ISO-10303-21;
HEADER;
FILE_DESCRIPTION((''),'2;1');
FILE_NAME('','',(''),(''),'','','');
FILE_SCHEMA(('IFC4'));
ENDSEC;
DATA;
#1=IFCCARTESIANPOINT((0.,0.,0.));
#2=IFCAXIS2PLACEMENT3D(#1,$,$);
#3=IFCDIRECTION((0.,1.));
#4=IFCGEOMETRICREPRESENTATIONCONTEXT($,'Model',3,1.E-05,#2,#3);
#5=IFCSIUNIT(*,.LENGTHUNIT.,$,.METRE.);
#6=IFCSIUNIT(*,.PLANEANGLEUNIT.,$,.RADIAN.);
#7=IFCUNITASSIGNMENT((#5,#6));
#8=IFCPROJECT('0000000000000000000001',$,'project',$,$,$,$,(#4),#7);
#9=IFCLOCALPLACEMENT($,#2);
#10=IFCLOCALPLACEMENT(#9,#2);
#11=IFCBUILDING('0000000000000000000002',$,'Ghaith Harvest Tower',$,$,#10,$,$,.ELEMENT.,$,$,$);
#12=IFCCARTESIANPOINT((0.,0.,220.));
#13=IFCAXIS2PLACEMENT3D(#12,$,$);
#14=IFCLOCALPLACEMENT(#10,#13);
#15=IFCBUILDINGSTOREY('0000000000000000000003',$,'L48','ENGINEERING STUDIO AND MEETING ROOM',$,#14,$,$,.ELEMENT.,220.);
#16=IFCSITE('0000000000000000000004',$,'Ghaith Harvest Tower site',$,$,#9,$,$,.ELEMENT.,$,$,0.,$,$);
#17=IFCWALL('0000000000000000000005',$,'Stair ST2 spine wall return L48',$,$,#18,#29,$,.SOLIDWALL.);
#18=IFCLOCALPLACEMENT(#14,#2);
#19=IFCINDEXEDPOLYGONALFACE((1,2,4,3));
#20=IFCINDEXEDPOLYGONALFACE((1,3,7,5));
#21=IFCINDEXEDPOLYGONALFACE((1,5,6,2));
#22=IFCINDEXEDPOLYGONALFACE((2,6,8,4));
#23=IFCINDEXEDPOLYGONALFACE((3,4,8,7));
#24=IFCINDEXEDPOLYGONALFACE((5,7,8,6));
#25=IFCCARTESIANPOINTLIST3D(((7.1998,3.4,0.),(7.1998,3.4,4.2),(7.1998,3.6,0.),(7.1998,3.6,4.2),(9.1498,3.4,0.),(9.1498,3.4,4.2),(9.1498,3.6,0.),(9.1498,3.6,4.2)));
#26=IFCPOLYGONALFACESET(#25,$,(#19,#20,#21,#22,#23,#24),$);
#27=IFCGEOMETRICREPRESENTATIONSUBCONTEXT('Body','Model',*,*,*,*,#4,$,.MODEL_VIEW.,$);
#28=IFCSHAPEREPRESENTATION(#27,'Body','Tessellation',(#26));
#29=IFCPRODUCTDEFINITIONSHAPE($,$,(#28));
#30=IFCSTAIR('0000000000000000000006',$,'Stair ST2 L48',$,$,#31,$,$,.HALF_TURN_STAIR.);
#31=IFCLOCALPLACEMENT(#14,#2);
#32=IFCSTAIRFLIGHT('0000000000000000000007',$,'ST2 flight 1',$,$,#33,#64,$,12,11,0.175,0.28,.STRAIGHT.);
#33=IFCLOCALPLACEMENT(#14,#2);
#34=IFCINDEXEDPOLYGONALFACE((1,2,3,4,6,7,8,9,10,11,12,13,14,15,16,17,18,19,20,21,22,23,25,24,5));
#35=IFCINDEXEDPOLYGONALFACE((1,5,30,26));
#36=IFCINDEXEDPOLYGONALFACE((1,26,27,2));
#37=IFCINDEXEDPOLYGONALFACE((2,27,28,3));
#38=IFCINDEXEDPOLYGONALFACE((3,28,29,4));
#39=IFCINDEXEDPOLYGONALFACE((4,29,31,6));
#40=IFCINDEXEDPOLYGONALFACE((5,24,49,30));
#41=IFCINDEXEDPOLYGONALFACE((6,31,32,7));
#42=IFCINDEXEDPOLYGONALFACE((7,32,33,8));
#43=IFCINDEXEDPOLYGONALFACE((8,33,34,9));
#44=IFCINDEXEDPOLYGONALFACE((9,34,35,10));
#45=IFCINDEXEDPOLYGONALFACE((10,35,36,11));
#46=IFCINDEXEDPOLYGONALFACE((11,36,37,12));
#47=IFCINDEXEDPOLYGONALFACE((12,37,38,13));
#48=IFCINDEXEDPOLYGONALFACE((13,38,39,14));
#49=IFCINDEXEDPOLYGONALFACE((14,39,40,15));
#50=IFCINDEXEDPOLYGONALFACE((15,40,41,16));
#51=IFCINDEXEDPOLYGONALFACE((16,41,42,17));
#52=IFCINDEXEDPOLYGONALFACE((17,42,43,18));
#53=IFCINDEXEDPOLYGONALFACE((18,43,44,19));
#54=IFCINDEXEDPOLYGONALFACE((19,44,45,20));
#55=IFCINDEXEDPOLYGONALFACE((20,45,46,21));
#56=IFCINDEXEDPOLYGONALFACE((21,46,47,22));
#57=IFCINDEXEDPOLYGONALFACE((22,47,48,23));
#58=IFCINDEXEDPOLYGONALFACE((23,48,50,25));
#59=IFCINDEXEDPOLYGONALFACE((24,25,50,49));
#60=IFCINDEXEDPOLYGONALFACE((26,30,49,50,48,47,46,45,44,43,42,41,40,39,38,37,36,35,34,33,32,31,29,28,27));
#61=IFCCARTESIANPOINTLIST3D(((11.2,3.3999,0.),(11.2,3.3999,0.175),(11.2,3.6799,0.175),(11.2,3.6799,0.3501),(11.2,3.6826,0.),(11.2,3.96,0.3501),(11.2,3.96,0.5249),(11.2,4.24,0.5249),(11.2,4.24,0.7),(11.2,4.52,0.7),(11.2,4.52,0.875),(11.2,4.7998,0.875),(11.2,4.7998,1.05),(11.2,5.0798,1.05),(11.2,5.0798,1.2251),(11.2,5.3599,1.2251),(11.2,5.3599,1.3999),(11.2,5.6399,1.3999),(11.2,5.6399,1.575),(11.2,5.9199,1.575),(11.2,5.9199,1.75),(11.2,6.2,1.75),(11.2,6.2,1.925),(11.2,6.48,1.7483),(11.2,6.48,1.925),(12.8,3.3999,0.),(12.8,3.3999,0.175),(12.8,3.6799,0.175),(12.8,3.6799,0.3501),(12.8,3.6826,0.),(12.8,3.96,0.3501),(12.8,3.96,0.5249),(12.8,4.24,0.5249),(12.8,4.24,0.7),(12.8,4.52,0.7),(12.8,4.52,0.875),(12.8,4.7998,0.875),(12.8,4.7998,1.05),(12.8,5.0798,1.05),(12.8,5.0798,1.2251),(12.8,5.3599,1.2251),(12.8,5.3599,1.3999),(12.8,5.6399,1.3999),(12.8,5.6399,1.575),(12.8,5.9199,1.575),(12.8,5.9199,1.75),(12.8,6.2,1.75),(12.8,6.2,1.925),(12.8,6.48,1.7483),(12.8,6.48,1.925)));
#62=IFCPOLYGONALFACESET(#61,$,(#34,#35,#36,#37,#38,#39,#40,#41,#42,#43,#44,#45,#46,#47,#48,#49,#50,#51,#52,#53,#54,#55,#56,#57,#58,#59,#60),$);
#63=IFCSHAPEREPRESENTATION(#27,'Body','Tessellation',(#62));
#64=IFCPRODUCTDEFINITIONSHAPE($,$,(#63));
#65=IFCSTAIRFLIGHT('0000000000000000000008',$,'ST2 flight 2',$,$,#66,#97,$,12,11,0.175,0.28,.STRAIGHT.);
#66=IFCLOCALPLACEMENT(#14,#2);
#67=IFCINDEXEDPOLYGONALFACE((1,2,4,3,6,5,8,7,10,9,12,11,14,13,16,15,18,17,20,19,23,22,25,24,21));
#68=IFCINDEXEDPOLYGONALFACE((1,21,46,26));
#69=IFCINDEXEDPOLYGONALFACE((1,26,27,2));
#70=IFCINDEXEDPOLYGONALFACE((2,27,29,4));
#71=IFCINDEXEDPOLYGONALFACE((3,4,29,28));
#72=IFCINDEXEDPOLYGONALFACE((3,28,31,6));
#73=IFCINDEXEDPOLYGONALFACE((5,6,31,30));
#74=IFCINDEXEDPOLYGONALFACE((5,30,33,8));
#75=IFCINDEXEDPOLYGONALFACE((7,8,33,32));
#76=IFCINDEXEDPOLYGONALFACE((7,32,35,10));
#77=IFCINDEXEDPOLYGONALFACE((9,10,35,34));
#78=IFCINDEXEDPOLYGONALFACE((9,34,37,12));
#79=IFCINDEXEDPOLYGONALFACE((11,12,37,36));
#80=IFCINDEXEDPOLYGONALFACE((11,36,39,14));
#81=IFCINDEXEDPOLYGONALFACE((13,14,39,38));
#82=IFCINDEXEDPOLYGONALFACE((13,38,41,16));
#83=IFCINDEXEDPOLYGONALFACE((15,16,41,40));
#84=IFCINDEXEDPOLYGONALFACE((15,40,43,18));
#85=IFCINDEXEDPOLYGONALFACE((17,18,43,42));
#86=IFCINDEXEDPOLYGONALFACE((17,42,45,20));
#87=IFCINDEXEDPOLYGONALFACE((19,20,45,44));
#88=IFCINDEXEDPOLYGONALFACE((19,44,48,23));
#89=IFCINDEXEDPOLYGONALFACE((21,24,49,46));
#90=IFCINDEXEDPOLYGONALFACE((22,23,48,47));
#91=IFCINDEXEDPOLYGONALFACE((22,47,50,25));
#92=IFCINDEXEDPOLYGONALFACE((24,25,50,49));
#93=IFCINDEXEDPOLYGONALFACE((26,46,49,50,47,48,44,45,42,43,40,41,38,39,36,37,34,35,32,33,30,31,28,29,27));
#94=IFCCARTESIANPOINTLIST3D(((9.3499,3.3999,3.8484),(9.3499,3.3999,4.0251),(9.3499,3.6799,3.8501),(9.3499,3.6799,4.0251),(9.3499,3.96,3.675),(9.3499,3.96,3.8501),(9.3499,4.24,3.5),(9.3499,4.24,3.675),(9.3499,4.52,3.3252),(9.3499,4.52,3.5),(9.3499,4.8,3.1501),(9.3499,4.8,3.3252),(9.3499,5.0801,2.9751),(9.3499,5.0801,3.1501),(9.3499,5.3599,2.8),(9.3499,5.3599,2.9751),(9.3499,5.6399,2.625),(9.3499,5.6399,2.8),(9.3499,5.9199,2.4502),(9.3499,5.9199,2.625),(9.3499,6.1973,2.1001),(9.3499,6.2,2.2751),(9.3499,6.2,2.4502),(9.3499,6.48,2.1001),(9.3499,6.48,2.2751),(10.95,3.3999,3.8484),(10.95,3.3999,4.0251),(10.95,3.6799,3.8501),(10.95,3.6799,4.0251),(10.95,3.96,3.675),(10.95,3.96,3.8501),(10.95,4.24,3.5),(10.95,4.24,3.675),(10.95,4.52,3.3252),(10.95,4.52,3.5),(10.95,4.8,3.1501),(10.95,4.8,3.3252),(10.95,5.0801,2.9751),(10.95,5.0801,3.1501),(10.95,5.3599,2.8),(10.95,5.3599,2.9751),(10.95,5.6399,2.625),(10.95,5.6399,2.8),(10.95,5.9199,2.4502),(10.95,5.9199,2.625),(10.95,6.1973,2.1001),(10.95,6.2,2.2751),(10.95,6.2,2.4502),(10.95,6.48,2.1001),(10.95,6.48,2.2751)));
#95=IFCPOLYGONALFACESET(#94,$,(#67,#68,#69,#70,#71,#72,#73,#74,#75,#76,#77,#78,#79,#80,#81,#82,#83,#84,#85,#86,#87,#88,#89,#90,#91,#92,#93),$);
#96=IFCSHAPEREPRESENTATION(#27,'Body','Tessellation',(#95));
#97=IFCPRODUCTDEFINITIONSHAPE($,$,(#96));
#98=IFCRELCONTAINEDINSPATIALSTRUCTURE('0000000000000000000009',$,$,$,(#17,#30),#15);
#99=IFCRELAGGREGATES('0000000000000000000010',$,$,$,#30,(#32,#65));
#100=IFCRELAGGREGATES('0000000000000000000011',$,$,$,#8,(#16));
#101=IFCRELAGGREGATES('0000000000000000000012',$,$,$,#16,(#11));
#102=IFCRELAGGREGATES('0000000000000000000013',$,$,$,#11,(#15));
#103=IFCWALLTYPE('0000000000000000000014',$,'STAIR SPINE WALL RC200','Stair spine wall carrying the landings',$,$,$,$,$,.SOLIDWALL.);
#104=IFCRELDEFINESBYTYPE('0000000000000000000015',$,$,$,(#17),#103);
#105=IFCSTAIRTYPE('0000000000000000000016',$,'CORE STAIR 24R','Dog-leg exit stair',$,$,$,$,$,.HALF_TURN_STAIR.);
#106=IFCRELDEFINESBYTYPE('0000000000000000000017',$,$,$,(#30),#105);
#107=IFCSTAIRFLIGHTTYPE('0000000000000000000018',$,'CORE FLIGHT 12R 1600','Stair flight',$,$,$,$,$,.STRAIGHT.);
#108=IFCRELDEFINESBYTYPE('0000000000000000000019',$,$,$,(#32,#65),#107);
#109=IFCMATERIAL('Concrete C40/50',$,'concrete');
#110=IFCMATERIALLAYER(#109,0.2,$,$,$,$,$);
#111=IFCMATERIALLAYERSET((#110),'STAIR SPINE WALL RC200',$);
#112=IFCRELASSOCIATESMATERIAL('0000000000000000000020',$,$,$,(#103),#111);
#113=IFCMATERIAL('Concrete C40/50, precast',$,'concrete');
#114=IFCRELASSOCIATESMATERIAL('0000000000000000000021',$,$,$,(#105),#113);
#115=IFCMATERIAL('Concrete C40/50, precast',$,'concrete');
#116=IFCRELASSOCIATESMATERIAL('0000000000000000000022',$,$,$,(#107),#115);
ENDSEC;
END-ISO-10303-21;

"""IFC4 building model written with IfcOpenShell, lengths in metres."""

from ifc_helpers import new_model, si_unit, direction, frame, frame_2d, origin, place, context, subcontext, project, spatial, polyline, rectangle, outline, extrude, material, layer, layer_set, type_object, element, aggregate, save


model = new_model("IFC4")

# Units and contexts
model_context = context("Model", 3, precision=1e-05, world=origin(), true_north=direction((0.0, 1.0)))
body_context = subcontext(model_context, "Body", "Model", "MODEL_VIEW")
ifc_project = project(units=[si_unit("LENGTHUNIT", "METRE"), si_unit("PLANEANGLEUNIT", "RADIAN")], contexts=[model_context])

# Site, building, storey
site_placement = place(None, origin())
site = spatial("IfcSite", under=ifc_project, at=site_placement, Name="Ghaith Harvest Tower site", CompositionType="ELEMENT", RefElevation=0.0)
building_placement = place(site_placement, origin())
building = spatial("IfcBuilding", under=site, at=building_placement, Name="Ghaith Harvest Tower", CompositionType="ELEMENT")
storey_placement = place(building_placement, frame((0.0, 0.0, 220.0)))
storey = spatial("IfcBuildingStorey", under=building, at=storey_placement, Name="L48", Description="ENGINEERING STUDIO AND MEETING ROOM", CompositionType="ELEMENT", Elevation=220.0)

# Wall
ifc_material_1 = material(Name="Concrete C40/50", Category="concrete")
ifc_layer_1 = layer(ifc_material_1, 0.2)
ifc_layer_set_1 = layer_set([ifc_layer_1], Name="STAIR SPINE WALL RC200")
wall_type_1 = type_object("IfcWallType", Name="STAIR SPINE WALL RC200", Description="Stair spine wall carrying the landings", PredefinedType="SOLIDWALL", material=ifc_layer_set_1)
wall_1_placement = place(storey_placement, frame((9.1499, 3.5, 0.0), z_axis=(0.0, 0.0, 1.0), x_axis=(-1.0, 0.0, 0.0)))
element("IfcWall", 1, at=wall_1_placement, inside=storey, type_object=wall_type_1, Name="Stair ST2 spine wall return L48", PredefinedType="SOLIDWALL", context=body_context, shape_type="SweptSolid", body=[
    extrude(rectangle(XDim=1.95, YDim=0.2, at=frame_2d((0.9751, 0.0))), origin(), (0.0, 0.0, 1.0), 4.2),
])

# Stair, stair flights
ifc_material_2 = material(Name="Concrete C40/50, precast", Category="concrete")
stair_type = type_object("IfcStairType", Name="CORE STAIR 24R", Description="Dog-leg exit stair", PredefinedType="HALF_TURN_STAIR", material=ifc_material_2)
stair_placement = place(storey_placement, origin())
stair = element("IfcStair", 2, at=stair_placement, inside=storey, type_object=stair_type, Name="Stair ST2 L48", PredefinedType="HALF_TURN_STAIR")
ifc_material_3 = material(Name="Concrete C40/50, precast", Category="concrete")
stair_flight_type = type_object("IfcStairFlightType", Name="CORE FLIGHT 12R 1600", Description="Stair flight", PredefinedType="STRAIGHT", material=ifc_material_3)
stair_flight_1_placement = place(storey_placement, frame((12.0, 3.3999, 0.0), z_axis=(0.0, 0.0, 1.0), x_axis=(0.0, 1.0, 0.0)))
stair_flight_1 = element("IfcStairFlight", 3, at=stair_flight_1_placement, type_object=stair_flight_type, Name="ST2 flight 1", NumberOfRisers=12, NumberOfTreads=11, PredefinedType="STRAIGHT", RiserHeight=0.175, TreadLength=0.28, context=body_context, shape_type="SweptSolid", body=[
    extrude(outline(polyline([(0.0, 0.0), (0.0, 0.175), (0.28, 0.175), (0.28, 0.3501), (0.5601, 0.3501), (0.5601, 0.5249), (0.8401, 0.5249), (0.8401, 0.7), (1.1201, 0.7), (1.1201, 0.875), (1.3999, 0.875), (1.3999, 1.05), (1.6799, 1.05), (1.6799, 1.2251), (1.96, 1.2251), (1.96, 1.3999), (2.24, 1.3999), (2.24, 1.575), (2.52, 1.575), (2.52, 1.75), (2.8, 1.75), (2.8, 1.925), (3.0801, 1.925), (3.0801, 2.1001), (3.0801, 1.7483), (0.2827, 0.0), (0.0, 0.0)])), frame((0.0, 0.8, 0.0), z_axis=(0.0, -1.0, 0.0), x_axis=(1.0, 0.0, 0.0)), (0.0, 0.0, 1.0), 1.6001),
])
stair_flight_2_placement = place(storey_placement, frame((10.1499, 6.48, 2.1001), z_axis=(0.0, 0.0, 1.0), x_axis=(0.0, -1.0, 0.0)))
stair_flight_2 = element("IfcStairFlight", 4, at=stair_flight_2_placement, type_object=stair_flight_type, Name="ST2 flight 2", NumberOfRisers=12, NumberOfTreads=11, PredefinedType="STRAIGHT", RiserHeight=0.175, TreadLength=0.28, context=body_context, shape_type="SweptSolid", body=[
    extrude(outline(polyline([(0.0, 0.0), (0.0, 0.175), (0.28, 0.175), (0.28, 0.3501), (0.5601, 0.3501), (0.5601, 0.5249), (0.8401, 0.5249), (0.8401, 0.7), (1.1201, 0.7), (1.1201, 0.875), (1.3999, 0.875), (1.3999, 1.05), (1.6799, 1.05), (1.6799, 1.2251), (1.96, 1.2251), (1.96, 1.3999), (2.24, 1.3999), (2.24, 1.575), (2.52, 1.575), (2.52, 1.75), (2.8, 1.75), (2.8, 1.925), (3.0801, 1.925), (3.0801, 2.1001), (3.0801, 1.7483), (0.2827, 0.0), (0.0, 0.0)])), frame((0.0, 0.8, 0.0), z_axis=(0.0, -1.0, 0.0), x_axis=(1.0, 0.0, 0.0)), (0.0, 0.0, 1.0), 1.6001),
])
aggregate(stair, [stair_flight_1, stair_flight_2])

save(model, "model.ifc")
